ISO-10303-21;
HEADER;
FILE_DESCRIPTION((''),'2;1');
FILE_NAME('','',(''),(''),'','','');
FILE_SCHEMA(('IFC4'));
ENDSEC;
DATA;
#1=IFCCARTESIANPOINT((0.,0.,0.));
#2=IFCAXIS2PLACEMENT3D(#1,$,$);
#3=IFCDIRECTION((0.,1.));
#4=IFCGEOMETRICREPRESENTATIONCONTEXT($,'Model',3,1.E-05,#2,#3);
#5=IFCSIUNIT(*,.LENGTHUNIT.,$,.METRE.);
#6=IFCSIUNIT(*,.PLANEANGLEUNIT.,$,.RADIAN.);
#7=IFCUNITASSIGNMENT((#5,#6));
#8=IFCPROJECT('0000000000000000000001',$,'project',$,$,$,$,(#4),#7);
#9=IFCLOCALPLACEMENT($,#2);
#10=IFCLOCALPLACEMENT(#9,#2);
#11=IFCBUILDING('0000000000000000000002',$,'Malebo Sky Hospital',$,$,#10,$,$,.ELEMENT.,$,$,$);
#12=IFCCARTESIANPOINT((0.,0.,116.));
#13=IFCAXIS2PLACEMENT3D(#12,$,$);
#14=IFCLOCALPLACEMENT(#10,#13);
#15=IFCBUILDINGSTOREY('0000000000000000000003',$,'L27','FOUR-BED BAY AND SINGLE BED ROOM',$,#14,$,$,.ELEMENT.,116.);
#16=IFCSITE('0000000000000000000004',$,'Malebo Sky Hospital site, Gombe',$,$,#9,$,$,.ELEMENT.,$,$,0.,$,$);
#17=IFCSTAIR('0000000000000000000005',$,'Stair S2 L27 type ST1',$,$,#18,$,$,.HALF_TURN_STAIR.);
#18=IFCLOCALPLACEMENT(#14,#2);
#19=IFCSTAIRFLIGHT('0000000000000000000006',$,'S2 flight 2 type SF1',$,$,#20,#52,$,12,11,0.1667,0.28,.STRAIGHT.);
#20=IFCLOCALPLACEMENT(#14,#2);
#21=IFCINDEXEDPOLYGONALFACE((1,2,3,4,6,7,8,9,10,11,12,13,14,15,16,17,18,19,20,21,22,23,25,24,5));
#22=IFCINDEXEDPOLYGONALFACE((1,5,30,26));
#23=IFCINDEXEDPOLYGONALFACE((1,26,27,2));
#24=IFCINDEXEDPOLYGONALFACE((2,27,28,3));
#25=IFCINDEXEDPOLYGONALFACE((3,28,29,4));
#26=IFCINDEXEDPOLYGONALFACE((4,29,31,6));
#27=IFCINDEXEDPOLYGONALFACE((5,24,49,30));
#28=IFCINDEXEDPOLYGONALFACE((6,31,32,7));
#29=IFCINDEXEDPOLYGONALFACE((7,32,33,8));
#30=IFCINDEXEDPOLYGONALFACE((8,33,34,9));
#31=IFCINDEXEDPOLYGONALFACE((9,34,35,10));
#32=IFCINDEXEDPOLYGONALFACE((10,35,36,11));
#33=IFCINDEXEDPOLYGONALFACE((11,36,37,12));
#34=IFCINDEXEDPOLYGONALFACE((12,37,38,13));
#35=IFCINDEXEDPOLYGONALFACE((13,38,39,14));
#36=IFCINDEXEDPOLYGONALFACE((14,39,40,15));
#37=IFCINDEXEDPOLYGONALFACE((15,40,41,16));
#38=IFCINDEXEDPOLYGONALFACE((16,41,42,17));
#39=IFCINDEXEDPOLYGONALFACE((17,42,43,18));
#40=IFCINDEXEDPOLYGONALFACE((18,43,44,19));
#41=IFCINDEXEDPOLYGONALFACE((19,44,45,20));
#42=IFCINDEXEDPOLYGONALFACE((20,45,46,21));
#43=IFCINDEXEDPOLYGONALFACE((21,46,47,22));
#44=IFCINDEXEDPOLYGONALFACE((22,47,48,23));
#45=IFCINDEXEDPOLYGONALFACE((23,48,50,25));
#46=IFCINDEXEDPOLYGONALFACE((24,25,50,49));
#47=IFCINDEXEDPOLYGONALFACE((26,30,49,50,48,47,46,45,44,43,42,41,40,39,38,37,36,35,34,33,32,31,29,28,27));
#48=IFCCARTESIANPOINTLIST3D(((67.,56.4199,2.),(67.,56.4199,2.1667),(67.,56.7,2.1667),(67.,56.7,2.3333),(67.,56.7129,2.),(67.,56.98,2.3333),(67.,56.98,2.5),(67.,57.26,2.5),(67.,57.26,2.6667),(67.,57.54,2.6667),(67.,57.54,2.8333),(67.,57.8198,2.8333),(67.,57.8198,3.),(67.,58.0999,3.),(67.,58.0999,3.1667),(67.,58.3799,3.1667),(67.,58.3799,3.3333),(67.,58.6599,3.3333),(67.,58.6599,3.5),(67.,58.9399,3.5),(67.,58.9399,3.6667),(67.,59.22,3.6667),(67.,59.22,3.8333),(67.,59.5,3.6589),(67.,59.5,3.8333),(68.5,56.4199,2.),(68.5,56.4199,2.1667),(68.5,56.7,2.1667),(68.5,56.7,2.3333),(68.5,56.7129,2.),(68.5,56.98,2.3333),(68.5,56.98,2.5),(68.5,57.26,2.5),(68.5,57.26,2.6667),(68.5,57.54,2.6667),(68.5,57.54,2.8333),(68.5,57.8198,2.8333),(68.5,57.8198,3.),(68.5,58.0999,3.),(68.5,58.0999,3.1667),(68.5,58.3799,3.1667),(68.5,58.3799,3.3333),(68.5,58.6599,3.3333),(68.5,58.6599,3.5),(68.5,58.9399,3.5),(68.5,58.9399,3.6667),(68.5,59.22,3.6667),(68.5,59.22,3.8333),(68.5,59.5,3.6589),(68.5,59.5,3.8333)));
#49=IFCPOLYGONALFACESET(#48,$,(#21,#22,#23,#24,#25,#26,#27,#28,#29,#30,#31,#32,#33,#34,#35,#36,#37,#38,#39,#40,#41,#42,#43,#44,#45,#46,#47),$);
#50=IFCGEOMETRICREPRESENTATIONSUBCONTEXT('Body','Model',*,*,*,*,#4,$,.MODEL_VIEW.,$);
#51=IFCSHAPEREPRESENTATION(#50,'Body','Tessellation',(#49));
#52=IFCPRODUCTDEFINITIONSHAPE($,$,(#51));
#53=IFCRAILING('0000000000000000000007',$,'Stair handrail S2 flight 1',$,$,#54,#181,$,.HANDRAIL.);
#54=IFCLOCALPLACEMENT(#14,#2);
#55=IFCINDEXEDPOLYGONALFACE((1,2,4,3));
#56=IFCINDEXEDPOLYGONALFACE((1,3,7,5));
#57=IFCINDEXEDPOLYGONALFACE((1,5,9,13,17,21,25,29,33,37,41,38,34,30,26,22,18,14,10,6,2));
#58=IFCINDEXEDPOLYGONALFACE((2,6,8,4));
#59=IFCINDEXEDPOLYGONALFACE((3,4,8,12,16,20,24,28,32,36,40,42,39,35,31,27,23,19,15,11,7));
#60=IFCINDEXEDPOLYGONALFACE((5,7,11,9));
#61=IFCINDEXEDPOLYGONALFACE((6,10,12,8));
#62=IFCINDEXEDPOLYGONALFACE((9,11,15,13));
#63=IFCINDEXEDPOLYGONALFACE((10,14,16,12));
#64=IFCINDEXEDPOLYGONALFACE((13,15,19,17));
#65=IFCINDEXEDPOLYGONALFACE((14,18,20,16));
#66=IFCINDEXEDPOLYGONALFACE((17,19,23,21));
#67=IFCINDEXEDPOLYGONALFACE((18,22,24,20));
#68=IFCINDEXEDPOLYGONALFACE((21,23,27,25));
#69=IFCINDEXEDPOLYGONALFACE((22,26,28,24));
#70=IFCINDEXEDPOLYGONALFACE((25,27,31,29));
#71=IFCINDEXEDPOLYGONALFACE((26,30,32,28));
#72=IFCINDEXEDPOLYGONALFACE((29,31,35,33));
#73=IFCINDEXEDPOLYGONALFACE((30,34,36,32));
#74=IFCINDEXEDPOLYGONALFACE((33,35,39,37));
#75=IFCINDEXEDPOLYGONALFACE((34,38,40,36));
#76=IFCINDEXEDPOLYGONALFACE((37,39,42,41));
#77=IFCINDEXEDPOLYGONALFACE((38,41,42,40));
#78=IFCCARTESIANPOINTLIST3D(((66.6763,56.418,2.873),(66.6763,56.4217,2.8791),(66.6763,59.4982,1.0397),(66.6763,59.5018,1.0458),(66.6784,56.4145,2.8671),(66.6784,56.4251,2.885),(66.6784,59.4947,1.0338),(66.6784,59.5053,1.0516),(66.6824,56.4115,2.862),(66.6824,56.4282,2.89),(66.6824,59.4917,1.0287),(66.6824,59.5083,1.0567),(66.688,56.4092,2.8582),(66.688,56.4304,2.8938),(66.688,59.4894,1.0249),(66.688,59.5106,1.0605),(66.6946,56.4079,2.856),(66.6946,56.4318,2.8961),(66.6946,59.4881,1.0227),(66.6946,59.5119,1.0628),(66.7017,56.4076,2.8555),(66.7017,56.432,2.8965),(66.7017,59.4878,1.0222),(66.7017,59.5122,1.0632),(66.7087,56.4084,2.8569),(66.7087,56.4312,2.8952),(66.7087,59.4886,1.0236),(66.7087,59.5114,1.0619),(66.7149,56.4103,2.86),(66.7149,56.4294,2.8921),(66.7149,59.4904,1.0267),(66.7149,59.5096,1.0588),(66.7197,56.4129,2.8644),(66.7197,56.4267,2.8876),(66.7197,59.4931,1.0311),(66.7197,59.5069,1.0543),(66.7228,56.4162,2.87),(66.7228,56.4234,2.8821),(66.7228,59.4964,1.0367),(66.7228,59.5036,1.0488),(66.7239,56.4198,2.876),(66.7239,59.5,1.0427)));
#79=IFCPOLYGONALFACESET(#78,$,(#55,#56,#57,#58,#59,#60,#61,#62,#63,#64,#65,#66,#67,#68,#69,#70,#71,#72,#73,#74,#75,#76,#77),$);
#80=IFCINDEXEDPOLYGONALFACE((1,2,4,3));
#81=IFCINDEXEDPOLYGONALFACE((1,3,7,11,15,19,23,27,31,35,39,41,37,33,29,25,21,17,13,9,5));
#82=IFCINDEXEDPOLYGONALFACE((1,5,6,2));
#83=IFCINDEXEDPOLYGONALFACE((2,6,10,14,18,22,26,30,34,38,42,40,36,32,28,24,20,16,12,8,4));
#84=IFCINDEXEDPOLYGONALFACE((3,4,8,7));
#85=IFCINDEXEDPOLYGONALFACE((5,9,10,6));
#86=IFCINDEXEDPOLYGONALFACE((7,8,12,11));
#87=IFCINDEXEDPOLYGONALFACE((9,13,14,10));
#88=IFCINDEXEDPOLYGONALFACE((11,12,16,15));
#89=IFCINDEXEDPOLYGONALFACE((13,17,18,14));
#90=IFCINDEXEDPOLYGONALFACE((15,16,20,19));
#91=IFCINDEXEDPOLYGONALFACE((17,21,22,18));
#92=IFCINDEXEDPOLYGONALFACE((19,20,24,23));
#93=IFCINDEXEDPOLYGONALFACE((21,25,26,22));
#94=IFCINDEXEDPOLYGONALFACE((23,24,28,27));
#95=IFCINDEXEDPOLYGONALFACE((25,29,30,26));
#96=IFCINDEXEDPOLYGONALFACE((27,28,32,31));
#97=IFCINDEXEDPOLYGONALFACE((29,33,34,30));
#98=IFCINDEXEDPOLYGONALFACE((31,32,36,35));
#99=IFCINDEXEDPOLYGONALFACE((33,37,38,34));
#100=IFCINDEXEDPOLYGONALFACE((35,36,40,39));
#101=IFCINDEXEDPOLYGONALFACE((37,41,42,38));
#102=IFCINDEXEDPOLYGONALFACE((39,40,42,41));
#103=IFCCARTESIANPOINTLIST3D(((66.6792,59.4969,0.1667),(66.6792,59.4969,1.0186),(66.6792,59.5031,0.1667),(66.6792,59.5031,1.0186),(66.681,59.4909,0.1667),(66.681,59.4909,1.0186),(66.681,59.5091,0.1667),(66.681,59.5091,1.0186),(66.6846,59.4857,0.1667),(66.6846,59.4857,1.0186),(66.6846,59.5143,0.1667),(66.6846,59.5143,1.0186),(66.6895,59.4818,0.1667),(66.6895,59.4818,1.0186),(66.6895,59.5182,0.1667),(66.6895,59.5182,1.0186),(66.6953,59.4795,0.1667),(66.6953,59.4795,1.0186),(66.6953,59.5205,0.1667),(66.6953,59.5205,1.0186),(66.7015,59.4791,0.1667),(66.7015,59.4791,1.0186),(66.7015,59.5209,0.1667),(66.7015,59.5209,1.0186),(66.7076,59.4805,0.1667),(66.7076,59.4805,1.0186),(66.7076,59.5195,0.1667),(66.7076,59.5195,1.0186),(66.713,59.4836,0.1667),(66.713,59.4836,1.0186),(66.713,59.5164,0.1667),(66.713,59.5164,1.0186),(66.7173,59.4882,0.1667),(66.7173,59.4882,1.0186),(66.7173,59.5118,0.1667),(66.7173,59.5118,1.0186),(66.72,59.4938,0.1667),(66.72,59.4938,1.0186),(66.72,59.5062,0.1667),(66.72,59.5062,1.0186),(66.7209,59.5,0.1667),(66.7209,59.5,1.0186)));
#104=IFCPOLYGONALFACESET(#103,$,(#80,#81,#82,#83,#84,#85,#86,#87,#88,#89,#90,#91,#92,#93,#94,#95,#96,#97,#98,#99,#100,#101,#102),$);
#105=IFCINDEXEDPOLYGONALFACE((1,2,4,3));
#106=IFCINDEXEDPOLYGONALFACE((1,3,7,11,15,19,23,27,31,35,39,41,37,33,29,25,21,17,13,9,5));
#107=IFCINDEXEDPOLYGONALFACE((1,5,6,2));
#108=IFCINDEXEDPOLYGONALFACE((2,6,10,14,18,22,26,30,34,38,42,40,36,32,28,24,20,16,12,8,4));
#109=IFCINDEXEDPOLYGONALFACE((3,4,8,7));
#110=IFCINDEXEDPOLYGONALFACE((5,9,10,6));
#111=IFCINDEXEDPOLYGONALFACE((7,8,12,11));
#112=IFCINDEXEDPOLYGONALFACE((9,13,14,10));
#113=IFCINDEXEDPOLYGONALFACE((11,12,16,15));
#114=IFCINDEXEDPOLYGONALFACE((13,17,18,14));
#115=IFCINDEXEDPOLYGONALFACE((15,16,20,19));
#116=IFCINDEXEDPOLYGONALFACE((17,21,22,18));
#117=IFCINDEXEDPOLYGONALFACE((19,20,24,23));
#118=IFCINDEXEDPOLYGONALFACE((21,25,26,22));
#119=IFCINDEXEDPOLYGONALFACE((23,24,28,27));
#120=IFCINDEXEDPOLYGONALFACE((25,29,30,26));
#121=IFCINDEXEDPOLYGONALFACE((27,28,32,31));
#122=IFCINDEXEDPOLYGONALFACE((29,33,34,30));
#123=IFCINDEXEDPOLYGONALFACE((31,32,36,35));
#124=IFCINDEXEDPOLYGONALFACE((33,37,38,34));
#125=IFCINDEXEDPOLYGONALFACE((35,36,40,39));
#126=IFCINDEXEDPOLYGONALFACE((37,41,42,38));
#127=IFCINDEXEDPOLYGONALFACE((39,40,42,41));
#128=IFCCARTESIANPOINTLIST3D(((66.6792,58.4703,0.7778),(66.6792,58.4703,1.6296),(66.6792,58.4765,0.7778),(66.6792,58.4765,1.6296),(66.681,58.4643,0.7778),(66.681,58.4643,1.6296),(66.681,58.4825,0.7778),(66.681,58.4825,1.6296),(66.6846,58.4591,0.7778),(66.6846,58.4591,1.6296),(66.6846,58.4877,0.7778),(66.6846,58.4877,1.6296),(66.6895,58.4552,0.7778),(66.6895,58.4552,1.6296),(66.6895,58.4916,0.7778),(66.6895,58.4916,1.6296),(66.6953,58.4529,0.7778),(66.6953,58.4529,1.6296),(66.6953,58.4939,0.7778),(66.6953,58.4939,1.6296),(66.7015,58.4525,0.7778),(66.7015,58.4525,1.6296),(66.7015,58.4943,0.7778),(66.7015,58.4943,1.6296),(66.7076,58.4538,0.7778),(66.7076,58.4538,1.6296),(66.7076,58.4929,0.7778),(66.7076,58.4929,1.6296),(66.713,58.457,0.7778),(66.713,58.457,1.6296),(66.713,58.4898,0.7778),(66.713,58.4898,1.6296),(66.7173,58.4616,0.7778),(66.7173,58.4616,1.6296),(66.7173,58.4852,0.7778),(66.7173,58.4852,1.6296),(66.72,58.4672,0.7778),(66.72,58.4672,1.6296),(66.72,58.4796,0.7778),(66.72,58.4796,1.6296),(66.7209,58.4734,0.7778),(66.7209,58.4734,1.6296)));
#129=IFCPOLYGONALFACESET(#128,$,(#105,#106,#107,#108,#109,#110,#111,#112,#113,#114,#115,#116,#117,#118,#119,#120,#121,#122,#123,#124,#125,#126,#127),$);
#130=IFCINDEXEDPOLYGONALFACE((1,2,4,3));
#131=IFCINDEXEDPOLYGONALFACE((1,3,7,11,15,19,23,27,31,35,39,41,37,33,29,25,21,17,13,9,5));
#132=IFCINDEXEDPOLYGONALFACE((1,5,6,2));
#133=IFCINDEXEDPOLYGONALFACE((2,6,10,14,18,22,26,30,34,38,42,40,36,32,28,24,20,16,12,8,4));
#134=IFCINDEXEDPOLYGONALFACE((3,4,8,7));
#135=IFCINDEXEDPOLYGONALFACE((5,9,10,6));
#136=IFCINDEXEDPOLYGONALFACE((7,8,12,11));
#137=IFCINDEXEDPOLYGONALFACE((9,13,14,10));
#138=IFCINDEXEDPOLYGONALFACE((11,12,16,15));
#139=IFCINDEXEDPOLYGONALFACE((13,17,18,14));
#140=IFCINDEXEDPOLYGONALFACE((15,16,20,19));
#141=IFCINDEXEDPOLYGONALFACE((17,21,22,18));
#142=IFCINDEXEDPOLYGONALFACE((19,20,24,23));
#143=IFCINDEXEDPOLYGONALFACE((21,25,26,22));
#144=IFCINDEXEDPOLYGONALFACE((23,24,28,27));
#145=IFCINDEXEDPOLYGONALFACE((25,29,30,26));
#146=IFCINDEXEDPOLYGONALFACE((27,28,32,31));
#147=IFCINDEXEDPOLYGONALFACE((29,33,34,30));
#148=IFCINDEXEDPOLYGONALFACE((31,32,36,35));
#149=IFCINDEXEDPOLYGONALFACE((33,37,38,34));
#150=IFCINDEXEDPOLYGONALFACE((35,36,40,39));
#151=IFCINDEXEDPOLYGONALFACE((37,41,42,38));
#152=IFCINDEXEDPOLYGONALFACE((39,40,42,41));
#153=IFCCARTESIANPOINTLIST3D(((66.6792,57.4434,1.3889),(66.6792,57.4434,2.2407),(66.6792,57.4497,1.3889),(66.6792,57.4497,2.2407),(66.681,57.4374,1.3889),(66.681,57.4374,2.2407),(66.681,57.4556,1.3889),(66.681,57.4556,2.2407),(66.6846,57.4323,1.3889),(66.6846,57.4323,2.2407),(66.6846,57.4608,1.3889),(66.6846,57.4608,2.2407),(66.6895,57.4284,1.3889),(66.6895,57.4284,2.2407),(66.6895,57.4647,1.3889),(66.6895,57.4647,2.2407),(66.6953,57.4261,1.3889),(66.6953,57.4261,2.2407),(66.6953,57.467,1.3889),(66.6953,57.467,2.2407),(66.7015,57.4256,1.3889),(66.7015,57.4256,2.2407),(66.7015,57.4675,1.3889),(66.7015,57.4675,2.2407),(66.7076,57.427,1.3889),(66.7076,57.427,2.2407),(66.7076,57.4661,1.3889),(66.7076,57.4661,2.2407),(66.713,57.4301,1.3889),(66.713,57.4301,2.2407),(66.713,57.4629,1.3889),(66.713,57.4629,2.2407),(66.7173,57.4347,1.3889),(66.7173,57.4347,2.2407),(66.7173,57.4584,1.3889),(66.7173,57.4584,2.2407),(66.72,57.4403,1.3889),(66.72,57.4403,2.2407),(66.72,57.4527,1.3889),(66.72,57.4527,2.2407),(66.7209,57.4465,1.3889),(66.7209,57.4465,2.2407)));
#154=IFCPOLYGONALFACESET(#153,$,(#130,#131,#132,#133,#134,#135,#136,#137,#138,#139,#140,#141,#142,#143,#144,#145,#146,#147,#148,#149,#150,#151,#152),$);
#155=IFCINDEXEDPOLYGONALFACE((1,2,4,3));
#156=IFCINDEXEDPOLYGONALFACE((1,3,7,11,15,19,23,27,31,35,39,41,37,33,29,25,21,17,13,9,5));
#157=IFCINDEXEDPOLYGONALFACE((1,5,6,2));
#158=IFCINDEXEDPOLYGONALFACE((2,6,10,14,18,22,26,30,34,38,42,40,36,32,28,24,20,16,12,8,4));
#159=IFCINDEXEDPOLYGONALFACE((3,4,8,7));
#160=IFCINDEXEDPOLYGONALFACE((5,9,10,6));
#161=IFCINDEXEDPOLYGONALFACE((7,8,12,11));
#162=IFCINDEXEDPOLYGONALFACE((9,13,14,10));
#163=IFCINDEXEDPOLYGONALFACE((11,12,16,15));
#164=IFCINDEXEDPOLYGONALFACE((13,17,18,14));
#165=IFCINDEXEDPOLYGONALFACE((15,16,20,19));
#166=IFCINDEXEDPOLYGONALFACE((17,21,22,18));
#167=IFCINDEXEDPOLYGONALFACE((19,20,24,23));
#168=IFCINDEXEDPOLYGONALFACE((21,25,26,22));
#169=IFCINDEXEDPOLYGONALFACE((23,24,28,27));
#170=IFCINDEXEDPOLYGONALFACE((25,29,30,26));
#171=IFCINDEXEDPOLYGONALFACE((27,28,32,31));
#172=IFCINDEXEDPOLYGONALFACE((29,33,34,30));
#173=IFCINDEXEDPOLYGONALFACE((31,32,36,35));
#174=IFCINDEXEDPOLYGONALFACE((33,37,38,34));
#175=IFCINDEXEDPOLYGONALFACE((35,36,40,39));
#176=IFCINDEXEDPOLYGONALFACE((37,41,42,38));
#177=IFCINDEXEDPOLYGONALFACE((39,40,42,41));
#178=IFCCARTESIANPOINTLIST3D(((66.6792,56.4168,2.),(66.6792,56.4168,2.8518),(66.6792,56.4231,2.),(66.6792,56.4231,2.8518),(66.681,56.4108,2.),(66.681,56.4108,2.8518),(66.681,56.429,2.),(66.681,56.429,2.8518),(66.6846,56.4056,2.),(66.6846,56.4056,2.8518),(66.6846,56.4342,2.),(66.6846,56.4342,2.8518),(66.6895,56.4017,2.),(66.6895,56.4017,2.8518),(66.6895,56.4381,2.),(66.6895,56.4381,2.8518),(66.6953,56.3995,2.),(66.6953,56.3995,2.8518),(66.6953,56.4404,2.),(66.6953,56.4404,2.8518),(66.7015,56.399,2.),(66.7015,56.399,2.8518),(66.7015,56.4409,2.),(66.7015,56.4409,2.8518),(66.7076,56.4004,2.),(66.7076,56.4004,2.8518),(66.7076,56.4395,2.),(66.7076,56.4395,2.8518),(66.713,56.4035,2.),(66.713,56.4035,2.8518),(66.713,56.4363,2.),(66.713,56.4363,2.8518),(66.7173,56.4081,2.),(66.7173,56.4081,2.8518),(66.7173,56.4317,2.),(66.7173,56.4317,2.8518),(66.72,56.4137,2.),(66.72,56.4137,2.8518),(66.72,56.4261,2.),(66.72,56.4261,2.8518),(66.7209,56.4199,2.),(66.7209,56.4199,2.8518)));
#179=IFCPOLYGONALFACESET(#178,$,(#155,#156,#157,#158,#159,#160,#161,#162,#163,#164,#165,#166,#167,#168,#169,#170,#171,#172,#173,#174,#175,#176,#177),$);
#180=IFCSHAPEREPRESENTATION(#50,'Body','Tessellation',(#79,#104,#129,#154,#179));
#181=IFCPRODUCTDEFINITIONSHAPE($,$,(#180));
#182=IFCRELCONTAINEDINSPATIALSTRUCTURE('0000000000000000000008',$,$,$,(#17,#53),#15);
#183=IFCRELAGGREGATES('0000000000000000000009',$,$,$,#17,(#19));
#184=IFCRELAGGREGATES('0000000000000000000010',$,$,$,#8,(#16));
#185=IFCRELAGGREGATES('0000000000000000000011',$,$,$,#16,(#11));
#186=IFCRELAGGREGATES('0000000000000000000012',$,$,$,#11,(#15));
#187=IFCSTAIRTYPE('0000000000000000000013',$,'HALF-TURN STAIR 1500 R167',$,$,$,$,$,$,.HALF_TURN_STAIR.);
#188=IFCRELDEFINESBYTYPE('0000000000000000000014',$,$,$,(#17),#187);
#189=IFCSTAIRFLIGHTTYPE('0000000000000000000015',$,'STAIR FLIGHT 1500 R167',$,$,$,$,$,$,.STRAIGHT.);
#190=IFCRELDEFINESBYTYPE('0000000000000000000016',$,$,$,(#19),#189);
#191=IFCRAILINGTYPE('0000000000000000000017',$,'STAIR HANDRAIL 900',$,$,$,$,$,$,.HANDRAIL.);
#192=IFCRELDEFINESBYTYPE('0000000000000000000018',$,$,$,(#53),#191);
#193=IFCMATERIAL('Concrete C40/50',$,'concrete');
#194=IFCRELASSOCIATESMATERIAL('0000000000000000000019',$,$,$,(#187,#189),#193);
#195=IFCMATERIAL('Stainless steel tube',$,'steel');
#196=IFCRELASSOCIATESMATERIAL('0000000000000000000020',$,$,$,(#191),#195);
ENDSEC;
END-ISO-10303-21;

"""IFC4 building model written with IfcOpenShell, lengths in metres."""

from ifc_helpers import new_model, si_unit, direction, frame, origin, origin_2d, place, context, subcontext, project, spatial, polyline, circle, outline, extrude, material, type_object, element, aggregate, save


model = new_model("IFC4")

# Units and contexts
model_context = context("Model", 3, precision=1e-05, world=origin(), true_north=direction((0.0, 1.0)))
body_context = subcontext(model_context, "Body", "Model", "MODEL_VIEW")
ifc_project = project(units=[si_unit("LENGTHUNIT", "METRE"), si_unit("PLANEANGLEUNIT", "RADIAN")], contexts=[model_context])

# Site, building, storey
site_placement = place(None, origin())
site = spatial("IfcSite", under=ifc_project, at=site_placement, Name="Malebo Sky Hospital site, Gombe", CompositionType="ELEMENT", RefElevation=0.0)
building_placement = place(site_placement, origin())
building = spatial("IfcBuilding", under=site, at=building_placement, Name="Malebo Sky Hospital", CompositionType="ELEMENT")
storey_placement = place(building_placement, frame((0.0, 0.0, 116.0)))
storey = spatial("IfcBuildingStorey", under=building, at=storey_placement, Name="L27", Description="FOUR-BED BAY AND SINGLE BED ROOM", CompositionType="ELEMENT", Elevation=116.0)

# Stair, stair flight
ifc_material_1 = material(Name="Concrete C40/50", Category="concrete")
stair_type = type_object("IfcStairType", Name="HALF-TURN STAIR 1500 R167", PredefinedType="HALF_TURN_STAIR", material=ifc_material_1)
stair_placement = place(storey_placement, origin())
stair = element("IfcStair", 1, at=stair_placement, inside=storey, type_object=stair_type, Name="Stair S2 L27 type ST1", PredefinedType="HALF_TURN_STAIR")
stair_flight_type = type_object("IfcStairFlightType", Name="STAIR FLIGHT 1500 R167", PredefinedType="STRAIGHT", material=ifc_material_1)
stair_flight_1_placement = place(storey_placement, frame((67.75, 56.4199, 2.0), z_axis=(0.0, 0.0, 1.0), x_axis=(0.0, 1.0, 0.0)))
stair_flight_1 = element("IfcStairFlight", 2, at=stair_flight_1_placement, type_object=stair_flight_type, Name="S2 flight 2 type SF1", NumberOfRisers=12, NumberOfTreads=11, PredefinedType="STRAIGHT", RiserHeight=0.1667, TreadLength=0.28, context=body_context, shape_type="SweptSolid", body=[
    extrude(outline(polyline([(0.0, 0.0), (0.0, 0.1667), (0.28, 0.1667), (0.28, 0.3333), (0.5601, 0.3333), (0.5601, 0.5), (0.8401, 0.5), (0.8401, 0.6667), (1.1201, 0.6667), (1.1201, 0.8333), (1.3999, 0.8333), (1.3999, 1.0), (1.6799, 1.0), (1.6799, 1.1667), (1.96, 1.1667), (1.96, 1.3333), (2.24, 1.3333), (2.24, 1.5), (2.52, 1.5), (2.52, 1.6667), (2.8, 1.6667), (2.8, 1.8333), (3.0801, 1.8333), (3.0801, 2.0), (3.0801, 1.6589), (0.293, 0.0), (0.0, 0.0)])), frame((0.0, 0.75, 0.0), z_axis=(0.0, -1.0, 0.0), x_axis=(1.0, 0.0, 0.0)), (0.0, 0.0, 1.0), 1.5),
])
aggregate(stair, [stair_flight_1])

# Railing
ifc_material_2 = material(Name="Stainless steel tube", Category="steel")
railing_type = type_object("IfcRailingType", Name="STAIR HANDRAIL 900", PredefinedType="HANDRAIL", material=ifc_material_2)
railing_1_placement = place(storey_placement, frame((66.7, 59.5, 0.1667)))
element("IfcRailing", 3, at=railing_1_placement, inside=storey, type_object=railing_type, Name="Stair handrail S2 flight 1", PredefinedType="HANDRAIL", context=body_context, shape_type="SweptSolid", body=[
    extrude(circle(Radius=0.0239, at=origin_2d()), frame((0.0, 0.0, 0.876), z_axis=(0.0, -0.859309, 0.511458), x_axis=(1.0, 0.0, 0.0)), (0.0, 0.0, 1.0), 3.5845),
    extrude(circle(Radius=0.021, at=origin_2d()), origin(), (0.0, 0.0, 1.0), 0.8518),
    extrude(circle(Radius=0.021, at=origin_2d()), frame((0.0, -1.0266, 0.6111)), (0.0, 0.0, 1.0), 0.8518),
    extrude(circle(Radius=0.021, at=origin_2d()), frame((0.0, -2.0535, 1.2222)), (0.0, 0.0, 1.0), 0.8518),
    extrude(circle(Radius=0.021, at=origin_2d()), frame((0.0, -3.0801, 1.8333)), (0.0, 0.0, 1.0), 0.8518),
])

save(model, "model.ifc")
